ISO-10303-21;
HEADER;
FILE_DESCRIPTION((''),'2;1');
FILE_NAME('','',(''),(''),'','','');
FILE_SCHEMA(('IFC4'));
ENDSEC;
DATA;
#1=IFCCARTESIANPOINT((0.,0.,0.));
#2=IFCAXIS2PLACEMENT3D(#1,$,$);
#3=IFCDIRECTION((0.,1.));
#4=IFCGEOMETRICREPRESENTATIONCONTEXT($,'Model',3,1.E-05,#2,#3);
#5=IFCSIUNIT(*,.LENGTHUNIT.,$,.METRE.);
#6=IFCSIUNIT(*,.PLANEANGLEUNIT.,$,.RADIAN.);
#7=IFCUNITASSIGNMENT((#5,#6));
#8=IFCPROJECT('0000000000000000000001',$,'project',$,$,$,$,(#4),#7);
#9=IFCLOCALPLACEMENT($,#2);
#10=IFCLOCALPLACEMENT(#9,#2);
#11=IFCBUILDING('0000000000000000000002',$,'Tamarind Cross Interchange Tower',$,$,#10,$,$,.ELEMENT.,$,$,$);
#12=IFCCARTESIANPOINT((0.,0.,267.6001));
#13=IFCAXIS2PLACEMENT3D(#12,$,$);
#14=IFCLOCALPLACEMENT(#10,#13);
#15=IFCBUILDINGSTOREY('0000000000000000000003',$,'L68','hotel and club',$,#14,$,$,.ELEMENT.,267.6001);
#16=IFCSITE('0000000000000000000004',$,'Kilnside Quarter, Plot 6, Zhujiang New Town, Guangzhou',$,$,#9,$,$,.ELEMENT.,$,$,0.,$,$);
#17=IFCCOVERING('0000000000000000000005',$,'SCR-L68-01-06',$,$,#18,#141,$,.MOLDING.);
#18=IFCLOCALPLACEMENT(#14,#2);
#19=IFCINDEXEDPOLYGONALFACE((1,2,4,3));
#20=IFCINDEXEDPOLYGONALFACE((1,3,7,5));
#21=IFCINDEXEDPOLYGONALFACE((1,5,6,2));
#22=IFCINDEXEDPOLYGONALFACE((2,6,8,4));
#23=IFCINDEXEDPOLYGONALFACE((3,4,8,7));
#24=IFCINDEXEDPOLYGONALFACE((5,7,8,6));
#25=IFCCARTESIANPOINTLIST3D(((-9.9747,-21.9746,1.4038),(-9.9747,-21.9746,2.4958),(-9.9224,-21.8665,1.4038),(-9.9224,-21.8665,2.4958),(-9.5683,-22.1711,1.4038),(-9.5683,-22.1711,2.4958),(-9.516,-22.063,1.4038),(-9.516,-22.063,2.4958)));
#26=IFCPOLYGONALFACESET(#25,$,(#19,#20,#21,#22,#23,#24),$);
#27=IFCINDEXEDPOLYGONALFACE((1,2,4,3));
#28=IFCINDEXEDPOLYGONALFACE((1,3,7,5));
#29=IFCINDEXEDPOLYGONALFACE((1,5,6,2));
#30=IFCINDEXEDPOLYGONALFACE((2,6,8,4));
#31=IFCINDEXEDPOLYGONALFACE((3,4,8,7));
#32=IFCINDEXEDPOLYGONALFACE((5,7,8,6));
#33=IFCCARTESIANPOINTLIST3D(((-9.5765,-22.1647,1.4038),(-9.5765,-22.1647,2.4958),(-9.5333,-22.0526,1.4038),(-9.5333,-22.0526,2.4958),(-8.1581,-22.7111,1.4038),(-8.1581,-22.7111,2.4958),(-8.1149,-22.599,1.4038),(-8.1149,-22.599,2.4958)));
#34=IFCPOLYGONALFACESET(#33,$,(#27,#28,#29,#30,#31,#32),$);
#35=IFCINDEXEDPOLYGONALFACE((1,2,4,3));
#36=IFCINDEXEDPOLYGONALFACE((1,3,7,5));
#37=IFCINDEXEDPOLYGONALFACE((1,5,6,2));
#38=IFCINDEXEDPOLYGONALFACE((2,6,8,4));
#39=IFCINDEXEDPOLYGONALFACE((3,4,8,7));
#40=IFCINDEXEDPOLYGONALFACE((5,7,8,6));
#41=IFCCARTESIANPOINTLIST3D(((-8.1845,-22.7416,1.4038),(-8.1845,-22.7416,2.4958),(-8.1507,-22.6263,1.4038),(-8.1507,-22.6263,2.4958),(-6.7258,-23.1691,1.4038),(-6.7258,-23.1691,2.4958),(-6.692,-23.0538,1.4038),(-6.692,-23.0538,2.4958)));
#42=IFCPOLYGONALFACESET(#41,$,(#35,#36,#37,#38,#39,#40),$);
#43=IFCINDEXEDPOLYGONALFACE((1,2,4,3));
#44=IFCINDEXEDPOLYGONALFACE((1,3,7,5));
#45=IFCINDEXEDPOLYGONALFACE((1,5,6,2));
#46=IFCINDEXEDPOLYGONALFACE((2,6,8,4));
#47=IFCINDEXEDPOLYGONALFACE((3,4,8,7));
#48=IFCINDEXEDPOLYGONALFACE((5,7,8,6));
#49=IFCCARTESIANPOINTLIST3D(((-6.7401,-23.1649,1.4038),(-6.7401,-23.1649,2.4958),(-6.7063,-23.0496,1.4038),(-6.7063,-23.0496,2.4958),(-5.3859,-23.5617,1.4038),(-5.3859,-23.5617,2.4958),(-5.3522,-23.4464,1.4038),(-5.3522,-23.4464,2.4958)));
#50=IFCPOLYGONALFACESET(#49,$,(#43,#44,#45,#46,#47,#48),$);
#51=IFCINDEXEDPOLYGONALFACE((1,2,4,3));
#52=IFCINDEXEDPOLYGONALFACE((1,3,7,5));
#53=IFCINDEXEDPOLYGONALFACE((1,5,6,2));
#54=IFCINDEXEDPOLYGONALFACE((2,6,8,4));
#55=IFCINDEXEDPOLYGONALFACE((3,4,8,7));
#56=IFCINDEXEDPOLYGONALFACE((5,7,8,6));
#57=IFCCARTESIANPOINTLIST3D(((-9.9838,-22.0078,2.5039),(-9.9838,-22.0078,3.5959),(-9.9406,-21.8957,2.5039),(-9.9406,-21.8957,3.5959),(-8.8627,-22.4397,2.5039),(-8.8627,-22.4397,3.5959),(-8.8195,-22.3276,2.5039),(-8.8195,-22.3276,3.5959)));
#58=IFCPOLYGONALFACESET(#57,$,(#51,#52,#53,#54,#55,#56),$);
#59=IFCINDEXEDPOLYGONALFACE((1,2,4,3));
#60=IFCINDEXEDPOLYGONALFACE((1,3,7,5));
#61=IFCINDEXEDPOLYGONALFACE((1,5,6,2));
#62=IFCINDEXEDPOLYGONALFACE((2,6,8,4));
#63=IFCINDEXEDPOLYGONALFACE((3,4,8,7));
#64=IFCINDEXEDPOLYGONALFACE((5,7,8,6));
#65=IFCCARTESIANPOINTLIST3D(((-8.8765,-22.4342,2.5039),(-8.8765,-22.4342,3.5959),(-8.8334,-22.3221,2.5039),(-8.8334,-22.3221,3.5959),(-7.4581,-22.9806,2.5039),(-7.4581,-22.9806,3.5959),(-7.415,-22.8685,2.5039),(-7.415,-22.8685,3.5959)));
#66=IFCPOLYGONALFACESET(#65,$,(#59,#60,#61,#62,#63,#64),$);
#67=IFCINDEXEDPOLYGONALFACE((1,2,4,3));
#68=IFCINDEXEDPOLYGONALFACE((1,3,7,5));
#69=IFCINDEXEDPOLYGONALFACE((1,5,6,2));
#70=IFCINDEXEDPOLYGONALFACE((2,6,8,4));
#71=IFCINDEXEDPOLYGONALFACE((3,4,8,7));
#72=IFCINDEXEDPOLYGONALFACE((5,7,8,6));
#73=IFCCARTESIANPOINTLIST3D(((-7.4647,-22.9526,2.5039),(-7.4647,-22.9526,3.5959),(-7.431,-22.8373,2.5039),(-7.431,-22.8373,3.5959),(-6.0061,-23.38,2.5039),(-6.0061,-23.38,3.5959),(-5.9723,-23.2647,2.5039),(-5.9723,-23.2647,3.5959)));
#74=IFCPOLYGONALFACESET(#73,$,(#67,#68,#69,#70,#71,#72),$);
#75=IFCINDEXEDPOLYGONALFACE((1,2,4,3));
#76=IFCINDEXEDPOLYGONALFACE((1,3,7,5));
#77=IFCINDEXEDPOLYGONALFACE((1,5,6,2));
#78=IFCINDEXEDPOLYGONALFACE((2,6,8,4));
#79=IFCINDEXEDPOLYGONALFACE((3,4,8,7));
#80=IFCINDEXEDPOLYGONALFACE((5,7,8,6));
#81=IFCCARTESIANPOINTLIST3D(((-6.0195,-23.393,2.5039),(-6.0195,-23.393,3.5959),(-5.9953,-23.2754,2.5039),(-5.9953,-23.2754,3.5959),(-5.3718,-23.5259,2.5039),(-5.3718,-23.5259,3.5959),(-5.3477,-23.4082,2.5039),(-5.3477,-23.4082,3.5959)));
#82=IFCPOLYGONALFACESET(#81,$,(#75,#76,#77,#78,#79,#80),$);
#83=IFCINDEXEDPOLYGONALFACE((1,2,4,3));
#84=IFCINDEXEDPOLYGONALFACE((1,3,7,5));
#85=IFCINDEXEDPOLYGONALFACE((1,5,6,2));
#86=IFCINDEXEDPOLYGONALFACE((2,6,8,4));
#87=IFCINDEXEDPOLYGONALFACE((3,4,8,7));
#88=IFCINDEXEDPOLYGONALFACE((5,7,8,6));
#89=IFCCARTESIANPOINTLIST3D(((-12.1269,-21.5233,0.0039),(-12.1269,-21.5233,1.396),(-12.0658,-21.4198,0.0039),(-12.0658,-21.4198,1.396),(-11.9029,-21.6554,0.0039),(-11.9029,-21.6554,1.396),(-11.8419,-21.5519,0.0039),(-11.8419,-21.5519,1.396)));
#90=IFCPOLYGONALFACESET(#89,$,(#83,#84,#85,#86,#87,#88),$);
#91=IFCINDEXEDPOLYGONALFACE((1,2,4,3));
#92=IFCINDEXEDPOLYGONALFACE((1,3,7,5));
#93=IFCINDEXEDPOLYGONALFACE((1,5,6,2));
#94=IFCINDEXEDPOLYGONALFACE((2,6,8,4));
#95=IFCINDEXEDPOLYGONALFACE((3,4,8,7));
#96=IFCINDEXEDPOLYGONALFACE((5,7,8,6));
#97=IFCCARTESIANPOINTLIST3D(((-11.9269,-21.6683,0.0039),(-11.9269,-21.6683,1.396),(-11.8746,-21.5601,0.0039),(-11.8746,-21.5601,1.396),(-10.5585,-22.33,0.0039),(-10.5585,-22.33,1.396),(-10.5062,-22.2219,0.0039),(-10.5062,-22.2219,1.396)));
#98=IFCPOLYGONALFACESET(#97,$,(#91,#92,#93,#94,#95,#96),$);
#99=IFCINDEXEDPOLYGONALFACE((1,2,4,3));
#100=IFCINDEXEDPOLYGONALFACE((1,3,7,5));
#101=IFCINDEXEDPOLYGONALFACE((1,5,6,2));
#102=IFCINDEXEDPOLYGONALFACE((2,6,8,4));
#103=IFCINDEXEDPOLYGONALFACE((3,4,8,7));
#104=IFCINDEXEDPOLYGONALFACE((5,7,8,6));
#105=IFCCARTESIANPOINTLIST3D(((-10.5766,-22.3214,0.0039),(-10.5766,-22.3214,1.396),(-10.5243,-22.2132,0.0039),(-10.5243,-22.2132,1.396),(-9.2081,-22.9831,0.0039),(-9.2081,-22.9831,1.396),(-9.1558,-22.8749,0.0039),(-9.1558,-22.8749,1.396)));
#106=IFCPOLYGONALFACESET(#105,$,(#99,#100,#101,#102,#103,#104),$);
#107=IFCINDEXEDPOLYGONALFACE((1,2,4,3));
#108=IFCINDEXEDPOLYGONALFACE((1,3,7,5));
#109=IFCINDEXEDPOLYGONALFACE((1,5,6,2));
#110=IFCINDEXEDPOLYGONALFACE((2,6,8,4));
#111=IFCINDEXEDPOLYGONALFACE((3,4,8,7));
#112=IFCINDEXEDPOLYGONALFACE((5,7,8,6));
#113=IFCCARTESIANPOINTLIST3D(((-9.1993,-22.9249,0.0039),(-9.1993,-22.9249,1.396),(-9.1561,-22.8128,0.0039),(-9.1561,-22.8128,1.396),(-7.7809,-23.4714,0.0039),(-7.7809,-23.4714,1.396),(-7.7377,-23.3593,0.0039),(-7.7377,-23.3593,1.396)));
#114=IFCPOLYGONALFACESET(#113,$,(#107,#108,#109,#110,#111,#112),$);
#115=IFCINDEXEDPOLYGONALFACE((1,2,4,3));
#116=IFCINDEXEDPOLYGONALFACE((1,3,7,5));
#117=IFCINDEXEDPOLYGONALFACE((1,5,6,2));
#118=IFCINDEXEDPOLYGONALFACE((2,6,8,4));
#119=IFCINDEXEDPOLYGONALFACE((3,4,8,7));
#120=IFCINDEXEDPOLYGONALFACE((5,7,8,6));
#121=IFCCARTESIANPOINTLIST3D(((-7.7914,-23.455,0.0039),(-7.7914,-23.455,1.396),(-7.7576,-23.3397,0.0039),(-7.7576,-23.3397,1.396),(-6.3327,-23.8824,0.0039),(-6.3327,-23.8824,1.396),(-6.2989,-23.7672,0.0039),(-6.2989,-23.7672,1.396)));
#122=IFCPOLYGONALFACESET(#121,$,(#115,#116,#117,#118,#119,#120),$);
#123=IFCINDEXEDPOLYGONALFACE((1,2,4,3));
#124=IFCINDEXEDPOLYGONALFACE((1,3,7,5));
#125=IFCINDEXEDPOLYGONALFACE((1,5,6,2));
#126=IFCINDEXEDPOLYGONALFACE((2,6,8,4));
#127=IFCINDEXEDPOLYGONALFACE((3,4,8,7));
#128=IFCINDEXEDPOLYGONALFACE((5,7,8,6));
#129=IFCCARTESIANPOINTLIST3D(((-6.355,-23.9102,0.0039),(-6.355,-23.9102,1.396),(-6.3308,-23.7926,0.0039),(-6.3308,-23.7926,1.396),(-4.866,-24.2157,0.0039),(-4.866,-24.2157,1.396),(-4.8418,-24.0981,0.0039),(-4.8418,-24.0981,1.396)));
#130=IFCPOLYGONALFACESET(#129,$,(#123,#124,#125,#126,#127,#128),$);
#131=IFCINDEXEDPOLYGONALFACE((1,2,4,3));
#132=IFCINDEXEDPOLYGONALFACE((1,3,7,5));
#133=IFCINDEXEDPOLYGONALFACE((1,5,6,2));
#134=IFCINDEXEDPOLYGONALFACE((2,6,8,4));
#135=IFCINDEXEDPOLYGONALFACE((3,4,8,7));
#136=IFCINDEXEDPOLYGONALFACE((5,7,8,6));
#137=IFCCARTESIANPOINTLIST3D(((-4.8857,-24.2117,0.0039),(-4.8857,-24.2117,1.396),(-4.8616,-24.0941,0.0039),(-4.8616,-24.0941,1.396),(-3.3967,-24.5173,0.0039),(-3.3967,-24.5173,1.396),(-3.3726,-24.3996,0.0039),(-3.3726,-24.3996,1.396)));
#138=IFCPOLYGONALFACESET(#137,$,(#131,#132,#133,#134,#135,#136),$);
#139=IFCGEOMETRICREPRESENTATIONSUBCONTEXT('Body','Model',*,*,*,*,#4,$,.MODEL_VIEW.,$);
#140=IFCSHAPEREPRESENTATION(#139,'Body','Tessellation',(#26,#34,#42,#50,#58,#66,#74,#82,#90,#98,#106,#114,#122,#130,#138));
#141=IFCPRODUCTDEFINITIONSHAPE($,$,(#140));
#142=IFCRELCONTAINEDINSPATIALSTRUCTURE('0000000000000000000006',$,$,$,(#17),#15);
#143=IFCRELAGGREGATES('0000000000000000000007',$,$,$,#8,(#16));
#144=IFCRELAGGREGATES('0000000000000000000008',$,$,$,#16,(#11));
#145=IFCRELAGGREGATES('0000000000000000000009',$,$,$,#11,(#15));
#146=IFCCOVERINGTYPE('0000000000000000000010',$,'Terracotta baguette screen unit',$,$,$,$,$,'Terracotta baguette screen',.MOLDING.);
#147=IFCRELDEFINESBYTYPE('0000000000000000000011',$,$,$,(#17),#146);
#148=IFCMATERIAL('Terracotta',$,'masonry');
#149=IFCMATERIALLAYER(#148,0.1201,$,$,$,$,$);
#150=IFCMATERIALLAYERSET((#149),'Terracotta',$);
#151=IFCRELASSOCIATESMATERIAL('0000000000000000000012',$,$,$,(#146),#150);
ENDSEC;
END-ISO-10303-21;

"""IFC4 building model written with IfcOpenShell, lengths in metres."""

from ifc_helpers import new_model, si_unit, direction, frame, origin, origin_2d, place, context, subcontext, project, spatial, rectangle, extrude, material, layer, layer_set, type_object, element, save


model = new_model("IFC4")

# Units and contexts
model_context = context("Model", 3, precision=1e-05, world=origin(), true_north=direction((0.0, 1.0)))
body_context = subcontext(model_context, "Body", "Model", "MODEL_VIEW")
ifc_project = project(units=[si_unit("LENGTHUNIT", "METRE"), si_unit("PLANEANGLEUNIT", "RADIAN")], contexts=[model_context])

# Site, building, storey
site_placement = place(None, origin())
site = spatial("IfcSite", under=ifc_project, at=site_placement, Name="Kilnside Quarter, Plot 6, Zhujiang New Town, Guangzhou", CompositionType="ELEMENT", RefElevation=0.0)
building_placement = place(site_placement, origin())
building = spatial("IfcBuilding", under=site, at=building_placement, Name="Tamarind Cross Interchange Tower", CompositionType="ELEMENT")
storey_placement = place(building_placement, frame((0.0, 0.0, 267.6001)))
storey = spatial("IfcBuildingStorey", under=building, at=storey_placement, Name="L68", Description="hotel and club", CompositionType="ELEMENT", Elevation=267.6001)

# Covering
ifc_material_1 = material(Name="Terracotta", Category="masonry")
ifc_layer_1 = layer(ifc_material_1, 0.1201)
ifc_layer_set_1 = layer_set([ifc_layer_1], Name="Terracotta")
covering_type = type_object("IfcCoveringType", Name="Terracotta baguette screen unit", ElementType="Terracotta baguette screen", PredefinedType="MOLDING", material=ifc_layer_set_1)
covering_1_placement = place(storey_placement, origin())
element("IfcCovering", 1, at=covering_1_placement, inside=storey, type_object=covering_type, Name="SCR-L68-01-06", PredefinedType="MOLDING", context=body_context, shape_type="SweptSolid", body=[
    extrude(rectangle(XDim=0.4514, YDim=0.1201, at=origin_2d()), frame((-9.7454, -22.0188, 1.4038), z_axis=(0.0, 0.0, 1.0), x_axis=(0.900273, -0.435326, 0.0)), (0.0, 0.0, 1.0), 1.092),
    extrude(rectangle(XDim=1.52, YDim=0.1201, at=origin_2d()), frame((-8.8457, -22.3818, 1.4038), z_axis=(0.0, 0.0, 1.0), x_axis=(0.933147, -0.359495, 0.0)), (0.0, 0.0, 1.0), 1.092),
    extrude(rectangle(XDim=1.52, YDim=0.1201, at=origin_2d()), frame((-7.4382, -22.8977, 1.4038), z_axis=(0.0, 0.0, 1.0), x_axis=(0.959647, -0.281209, 0.0)), (0.0, 0.0, 1.0), 1.092),
    extrude(rectangle(XDim=1.4111, YDim=0.1201, at=origin_2d()), frame((-6.0461, -23.3057, 1.4038), z_axis=(0.0, 0.0, 1.0), x_axis=(0.959647, -0.281209, 0.0)), (0.0, 0.0, 1.0), 1.092),
    extrude(rectangle(XDim=1.2014, YDim=0.1201, at=origin_2d()), frame((-9.4016, -22.1677, 2.5039), z_axis=(0.0, 0.0, 1.0), x_axis=(0.933147, -0.359495, 0.0)), (0.0, 0.0, 1.0), 1.092),
    extrude(rectangle(XDim=1.52, YDim=0.1201, at=origin_2d()), frame((-8.1458, -22.6514, 2.5039), z_axis=(0.0, 0.0, 1.0), x_axis=(0.933147, -0.359495, 0.0)), (0.0, 0.0, 1.0), 1.092),
    extrude(rectangle(XDim=1.52, YDim=0.1201, at=origin_2d()), frame((-6.7185, -23.1086, 2.5039), z_axis=(0.0, 0.0, 1.0), x_axis=(0.959647, -0.281209, 0.0)), (0.0, 0.0, 1.0), 1.092),
    extrude(rectangle(XDim=0.6611, YDim=0.1201, at=origin_2d()), frame((-5.6836, -23.4006, 2.5039), z_axis=(0.0, 0.0, 1.0), x_axis=(0.979591, -0.201001, 0.0)), (0.0, 0.0, 1.0), 1.092),
    extrude(rectangle(XDim=0.26, YDim=0.1201, at=origin_2d()), frame((-11.9844, -21.5376, 0.0039), z_axis=(0.0, 0.0, 1.0), x_axis=(0.861249, -0.508183, 0.0)), (0.0, 0.0, 1.0), 1.3921),
    extrude(rectangle(XDim=1.52, YDim=0.1201, at=origin_2d()), frame((-11.2166, -21.9451, 0.0039), z_axis=(0.0, 0.0, 1.0), x_axis=(0.900273, -0.435326, 0.0)), (0.0, 0.0, 1.0), 1.3921),
    extrude(rectangle(XDim=1.52, YDim=0.1201, at=origin_2d()), frame((-9.8662, -22.5981, 0.0039), z_axis=(0.0, 0.0, 1.0), x_axis=(0.900273, -0.435326, 0.0)), (0.0, 0.0, 1.0), 1.3921),
    extrude(rectangle(XDim=1.52, YDim=0.1201, at=origin_2d()), frame((-8.4685, -23.1421, 0.0039), z_axis=(0.0, 0.0, 1.0), x_axis=(0.933147, -0.359495, 0.0)), (0.0, 0.0, 1.0), 1.3921),
    extrude(rectangle(XDim=1.52, YDim=0.1201, at=origin_2d()), frame((-7.0452, -23.6111, 0.0039), z_axis=(0.0, 0.0, 1.0), x_axis=(0.959647, -0.281209, 0.0)), (0.0, 0.0, 1.0), 1.3921),
    extrude(rectangle(XDim=1.52, YDim=0.1201, at=origin_2d()), frame((-5.5984, -24.0042, 0.0039), z_axis=(0.0, 0.0, 1.0), x_axis=(0.979591, -0.201001, 0.0)), (0.0, 0.0, 1.0), 1.3921),
    extrude(rectangle(XDim=1.52, YDim=0.1201, at=origin_2d()), frame((-4.1292, -24.3057, 0.0039), z_axis=(0.0, 0.0, 1.0), x_axis=(0.979591, -0.201001, 0.0)), (0.0, 0.0, 1.0), 1.3921),
])

save(model, "model.ifc")
